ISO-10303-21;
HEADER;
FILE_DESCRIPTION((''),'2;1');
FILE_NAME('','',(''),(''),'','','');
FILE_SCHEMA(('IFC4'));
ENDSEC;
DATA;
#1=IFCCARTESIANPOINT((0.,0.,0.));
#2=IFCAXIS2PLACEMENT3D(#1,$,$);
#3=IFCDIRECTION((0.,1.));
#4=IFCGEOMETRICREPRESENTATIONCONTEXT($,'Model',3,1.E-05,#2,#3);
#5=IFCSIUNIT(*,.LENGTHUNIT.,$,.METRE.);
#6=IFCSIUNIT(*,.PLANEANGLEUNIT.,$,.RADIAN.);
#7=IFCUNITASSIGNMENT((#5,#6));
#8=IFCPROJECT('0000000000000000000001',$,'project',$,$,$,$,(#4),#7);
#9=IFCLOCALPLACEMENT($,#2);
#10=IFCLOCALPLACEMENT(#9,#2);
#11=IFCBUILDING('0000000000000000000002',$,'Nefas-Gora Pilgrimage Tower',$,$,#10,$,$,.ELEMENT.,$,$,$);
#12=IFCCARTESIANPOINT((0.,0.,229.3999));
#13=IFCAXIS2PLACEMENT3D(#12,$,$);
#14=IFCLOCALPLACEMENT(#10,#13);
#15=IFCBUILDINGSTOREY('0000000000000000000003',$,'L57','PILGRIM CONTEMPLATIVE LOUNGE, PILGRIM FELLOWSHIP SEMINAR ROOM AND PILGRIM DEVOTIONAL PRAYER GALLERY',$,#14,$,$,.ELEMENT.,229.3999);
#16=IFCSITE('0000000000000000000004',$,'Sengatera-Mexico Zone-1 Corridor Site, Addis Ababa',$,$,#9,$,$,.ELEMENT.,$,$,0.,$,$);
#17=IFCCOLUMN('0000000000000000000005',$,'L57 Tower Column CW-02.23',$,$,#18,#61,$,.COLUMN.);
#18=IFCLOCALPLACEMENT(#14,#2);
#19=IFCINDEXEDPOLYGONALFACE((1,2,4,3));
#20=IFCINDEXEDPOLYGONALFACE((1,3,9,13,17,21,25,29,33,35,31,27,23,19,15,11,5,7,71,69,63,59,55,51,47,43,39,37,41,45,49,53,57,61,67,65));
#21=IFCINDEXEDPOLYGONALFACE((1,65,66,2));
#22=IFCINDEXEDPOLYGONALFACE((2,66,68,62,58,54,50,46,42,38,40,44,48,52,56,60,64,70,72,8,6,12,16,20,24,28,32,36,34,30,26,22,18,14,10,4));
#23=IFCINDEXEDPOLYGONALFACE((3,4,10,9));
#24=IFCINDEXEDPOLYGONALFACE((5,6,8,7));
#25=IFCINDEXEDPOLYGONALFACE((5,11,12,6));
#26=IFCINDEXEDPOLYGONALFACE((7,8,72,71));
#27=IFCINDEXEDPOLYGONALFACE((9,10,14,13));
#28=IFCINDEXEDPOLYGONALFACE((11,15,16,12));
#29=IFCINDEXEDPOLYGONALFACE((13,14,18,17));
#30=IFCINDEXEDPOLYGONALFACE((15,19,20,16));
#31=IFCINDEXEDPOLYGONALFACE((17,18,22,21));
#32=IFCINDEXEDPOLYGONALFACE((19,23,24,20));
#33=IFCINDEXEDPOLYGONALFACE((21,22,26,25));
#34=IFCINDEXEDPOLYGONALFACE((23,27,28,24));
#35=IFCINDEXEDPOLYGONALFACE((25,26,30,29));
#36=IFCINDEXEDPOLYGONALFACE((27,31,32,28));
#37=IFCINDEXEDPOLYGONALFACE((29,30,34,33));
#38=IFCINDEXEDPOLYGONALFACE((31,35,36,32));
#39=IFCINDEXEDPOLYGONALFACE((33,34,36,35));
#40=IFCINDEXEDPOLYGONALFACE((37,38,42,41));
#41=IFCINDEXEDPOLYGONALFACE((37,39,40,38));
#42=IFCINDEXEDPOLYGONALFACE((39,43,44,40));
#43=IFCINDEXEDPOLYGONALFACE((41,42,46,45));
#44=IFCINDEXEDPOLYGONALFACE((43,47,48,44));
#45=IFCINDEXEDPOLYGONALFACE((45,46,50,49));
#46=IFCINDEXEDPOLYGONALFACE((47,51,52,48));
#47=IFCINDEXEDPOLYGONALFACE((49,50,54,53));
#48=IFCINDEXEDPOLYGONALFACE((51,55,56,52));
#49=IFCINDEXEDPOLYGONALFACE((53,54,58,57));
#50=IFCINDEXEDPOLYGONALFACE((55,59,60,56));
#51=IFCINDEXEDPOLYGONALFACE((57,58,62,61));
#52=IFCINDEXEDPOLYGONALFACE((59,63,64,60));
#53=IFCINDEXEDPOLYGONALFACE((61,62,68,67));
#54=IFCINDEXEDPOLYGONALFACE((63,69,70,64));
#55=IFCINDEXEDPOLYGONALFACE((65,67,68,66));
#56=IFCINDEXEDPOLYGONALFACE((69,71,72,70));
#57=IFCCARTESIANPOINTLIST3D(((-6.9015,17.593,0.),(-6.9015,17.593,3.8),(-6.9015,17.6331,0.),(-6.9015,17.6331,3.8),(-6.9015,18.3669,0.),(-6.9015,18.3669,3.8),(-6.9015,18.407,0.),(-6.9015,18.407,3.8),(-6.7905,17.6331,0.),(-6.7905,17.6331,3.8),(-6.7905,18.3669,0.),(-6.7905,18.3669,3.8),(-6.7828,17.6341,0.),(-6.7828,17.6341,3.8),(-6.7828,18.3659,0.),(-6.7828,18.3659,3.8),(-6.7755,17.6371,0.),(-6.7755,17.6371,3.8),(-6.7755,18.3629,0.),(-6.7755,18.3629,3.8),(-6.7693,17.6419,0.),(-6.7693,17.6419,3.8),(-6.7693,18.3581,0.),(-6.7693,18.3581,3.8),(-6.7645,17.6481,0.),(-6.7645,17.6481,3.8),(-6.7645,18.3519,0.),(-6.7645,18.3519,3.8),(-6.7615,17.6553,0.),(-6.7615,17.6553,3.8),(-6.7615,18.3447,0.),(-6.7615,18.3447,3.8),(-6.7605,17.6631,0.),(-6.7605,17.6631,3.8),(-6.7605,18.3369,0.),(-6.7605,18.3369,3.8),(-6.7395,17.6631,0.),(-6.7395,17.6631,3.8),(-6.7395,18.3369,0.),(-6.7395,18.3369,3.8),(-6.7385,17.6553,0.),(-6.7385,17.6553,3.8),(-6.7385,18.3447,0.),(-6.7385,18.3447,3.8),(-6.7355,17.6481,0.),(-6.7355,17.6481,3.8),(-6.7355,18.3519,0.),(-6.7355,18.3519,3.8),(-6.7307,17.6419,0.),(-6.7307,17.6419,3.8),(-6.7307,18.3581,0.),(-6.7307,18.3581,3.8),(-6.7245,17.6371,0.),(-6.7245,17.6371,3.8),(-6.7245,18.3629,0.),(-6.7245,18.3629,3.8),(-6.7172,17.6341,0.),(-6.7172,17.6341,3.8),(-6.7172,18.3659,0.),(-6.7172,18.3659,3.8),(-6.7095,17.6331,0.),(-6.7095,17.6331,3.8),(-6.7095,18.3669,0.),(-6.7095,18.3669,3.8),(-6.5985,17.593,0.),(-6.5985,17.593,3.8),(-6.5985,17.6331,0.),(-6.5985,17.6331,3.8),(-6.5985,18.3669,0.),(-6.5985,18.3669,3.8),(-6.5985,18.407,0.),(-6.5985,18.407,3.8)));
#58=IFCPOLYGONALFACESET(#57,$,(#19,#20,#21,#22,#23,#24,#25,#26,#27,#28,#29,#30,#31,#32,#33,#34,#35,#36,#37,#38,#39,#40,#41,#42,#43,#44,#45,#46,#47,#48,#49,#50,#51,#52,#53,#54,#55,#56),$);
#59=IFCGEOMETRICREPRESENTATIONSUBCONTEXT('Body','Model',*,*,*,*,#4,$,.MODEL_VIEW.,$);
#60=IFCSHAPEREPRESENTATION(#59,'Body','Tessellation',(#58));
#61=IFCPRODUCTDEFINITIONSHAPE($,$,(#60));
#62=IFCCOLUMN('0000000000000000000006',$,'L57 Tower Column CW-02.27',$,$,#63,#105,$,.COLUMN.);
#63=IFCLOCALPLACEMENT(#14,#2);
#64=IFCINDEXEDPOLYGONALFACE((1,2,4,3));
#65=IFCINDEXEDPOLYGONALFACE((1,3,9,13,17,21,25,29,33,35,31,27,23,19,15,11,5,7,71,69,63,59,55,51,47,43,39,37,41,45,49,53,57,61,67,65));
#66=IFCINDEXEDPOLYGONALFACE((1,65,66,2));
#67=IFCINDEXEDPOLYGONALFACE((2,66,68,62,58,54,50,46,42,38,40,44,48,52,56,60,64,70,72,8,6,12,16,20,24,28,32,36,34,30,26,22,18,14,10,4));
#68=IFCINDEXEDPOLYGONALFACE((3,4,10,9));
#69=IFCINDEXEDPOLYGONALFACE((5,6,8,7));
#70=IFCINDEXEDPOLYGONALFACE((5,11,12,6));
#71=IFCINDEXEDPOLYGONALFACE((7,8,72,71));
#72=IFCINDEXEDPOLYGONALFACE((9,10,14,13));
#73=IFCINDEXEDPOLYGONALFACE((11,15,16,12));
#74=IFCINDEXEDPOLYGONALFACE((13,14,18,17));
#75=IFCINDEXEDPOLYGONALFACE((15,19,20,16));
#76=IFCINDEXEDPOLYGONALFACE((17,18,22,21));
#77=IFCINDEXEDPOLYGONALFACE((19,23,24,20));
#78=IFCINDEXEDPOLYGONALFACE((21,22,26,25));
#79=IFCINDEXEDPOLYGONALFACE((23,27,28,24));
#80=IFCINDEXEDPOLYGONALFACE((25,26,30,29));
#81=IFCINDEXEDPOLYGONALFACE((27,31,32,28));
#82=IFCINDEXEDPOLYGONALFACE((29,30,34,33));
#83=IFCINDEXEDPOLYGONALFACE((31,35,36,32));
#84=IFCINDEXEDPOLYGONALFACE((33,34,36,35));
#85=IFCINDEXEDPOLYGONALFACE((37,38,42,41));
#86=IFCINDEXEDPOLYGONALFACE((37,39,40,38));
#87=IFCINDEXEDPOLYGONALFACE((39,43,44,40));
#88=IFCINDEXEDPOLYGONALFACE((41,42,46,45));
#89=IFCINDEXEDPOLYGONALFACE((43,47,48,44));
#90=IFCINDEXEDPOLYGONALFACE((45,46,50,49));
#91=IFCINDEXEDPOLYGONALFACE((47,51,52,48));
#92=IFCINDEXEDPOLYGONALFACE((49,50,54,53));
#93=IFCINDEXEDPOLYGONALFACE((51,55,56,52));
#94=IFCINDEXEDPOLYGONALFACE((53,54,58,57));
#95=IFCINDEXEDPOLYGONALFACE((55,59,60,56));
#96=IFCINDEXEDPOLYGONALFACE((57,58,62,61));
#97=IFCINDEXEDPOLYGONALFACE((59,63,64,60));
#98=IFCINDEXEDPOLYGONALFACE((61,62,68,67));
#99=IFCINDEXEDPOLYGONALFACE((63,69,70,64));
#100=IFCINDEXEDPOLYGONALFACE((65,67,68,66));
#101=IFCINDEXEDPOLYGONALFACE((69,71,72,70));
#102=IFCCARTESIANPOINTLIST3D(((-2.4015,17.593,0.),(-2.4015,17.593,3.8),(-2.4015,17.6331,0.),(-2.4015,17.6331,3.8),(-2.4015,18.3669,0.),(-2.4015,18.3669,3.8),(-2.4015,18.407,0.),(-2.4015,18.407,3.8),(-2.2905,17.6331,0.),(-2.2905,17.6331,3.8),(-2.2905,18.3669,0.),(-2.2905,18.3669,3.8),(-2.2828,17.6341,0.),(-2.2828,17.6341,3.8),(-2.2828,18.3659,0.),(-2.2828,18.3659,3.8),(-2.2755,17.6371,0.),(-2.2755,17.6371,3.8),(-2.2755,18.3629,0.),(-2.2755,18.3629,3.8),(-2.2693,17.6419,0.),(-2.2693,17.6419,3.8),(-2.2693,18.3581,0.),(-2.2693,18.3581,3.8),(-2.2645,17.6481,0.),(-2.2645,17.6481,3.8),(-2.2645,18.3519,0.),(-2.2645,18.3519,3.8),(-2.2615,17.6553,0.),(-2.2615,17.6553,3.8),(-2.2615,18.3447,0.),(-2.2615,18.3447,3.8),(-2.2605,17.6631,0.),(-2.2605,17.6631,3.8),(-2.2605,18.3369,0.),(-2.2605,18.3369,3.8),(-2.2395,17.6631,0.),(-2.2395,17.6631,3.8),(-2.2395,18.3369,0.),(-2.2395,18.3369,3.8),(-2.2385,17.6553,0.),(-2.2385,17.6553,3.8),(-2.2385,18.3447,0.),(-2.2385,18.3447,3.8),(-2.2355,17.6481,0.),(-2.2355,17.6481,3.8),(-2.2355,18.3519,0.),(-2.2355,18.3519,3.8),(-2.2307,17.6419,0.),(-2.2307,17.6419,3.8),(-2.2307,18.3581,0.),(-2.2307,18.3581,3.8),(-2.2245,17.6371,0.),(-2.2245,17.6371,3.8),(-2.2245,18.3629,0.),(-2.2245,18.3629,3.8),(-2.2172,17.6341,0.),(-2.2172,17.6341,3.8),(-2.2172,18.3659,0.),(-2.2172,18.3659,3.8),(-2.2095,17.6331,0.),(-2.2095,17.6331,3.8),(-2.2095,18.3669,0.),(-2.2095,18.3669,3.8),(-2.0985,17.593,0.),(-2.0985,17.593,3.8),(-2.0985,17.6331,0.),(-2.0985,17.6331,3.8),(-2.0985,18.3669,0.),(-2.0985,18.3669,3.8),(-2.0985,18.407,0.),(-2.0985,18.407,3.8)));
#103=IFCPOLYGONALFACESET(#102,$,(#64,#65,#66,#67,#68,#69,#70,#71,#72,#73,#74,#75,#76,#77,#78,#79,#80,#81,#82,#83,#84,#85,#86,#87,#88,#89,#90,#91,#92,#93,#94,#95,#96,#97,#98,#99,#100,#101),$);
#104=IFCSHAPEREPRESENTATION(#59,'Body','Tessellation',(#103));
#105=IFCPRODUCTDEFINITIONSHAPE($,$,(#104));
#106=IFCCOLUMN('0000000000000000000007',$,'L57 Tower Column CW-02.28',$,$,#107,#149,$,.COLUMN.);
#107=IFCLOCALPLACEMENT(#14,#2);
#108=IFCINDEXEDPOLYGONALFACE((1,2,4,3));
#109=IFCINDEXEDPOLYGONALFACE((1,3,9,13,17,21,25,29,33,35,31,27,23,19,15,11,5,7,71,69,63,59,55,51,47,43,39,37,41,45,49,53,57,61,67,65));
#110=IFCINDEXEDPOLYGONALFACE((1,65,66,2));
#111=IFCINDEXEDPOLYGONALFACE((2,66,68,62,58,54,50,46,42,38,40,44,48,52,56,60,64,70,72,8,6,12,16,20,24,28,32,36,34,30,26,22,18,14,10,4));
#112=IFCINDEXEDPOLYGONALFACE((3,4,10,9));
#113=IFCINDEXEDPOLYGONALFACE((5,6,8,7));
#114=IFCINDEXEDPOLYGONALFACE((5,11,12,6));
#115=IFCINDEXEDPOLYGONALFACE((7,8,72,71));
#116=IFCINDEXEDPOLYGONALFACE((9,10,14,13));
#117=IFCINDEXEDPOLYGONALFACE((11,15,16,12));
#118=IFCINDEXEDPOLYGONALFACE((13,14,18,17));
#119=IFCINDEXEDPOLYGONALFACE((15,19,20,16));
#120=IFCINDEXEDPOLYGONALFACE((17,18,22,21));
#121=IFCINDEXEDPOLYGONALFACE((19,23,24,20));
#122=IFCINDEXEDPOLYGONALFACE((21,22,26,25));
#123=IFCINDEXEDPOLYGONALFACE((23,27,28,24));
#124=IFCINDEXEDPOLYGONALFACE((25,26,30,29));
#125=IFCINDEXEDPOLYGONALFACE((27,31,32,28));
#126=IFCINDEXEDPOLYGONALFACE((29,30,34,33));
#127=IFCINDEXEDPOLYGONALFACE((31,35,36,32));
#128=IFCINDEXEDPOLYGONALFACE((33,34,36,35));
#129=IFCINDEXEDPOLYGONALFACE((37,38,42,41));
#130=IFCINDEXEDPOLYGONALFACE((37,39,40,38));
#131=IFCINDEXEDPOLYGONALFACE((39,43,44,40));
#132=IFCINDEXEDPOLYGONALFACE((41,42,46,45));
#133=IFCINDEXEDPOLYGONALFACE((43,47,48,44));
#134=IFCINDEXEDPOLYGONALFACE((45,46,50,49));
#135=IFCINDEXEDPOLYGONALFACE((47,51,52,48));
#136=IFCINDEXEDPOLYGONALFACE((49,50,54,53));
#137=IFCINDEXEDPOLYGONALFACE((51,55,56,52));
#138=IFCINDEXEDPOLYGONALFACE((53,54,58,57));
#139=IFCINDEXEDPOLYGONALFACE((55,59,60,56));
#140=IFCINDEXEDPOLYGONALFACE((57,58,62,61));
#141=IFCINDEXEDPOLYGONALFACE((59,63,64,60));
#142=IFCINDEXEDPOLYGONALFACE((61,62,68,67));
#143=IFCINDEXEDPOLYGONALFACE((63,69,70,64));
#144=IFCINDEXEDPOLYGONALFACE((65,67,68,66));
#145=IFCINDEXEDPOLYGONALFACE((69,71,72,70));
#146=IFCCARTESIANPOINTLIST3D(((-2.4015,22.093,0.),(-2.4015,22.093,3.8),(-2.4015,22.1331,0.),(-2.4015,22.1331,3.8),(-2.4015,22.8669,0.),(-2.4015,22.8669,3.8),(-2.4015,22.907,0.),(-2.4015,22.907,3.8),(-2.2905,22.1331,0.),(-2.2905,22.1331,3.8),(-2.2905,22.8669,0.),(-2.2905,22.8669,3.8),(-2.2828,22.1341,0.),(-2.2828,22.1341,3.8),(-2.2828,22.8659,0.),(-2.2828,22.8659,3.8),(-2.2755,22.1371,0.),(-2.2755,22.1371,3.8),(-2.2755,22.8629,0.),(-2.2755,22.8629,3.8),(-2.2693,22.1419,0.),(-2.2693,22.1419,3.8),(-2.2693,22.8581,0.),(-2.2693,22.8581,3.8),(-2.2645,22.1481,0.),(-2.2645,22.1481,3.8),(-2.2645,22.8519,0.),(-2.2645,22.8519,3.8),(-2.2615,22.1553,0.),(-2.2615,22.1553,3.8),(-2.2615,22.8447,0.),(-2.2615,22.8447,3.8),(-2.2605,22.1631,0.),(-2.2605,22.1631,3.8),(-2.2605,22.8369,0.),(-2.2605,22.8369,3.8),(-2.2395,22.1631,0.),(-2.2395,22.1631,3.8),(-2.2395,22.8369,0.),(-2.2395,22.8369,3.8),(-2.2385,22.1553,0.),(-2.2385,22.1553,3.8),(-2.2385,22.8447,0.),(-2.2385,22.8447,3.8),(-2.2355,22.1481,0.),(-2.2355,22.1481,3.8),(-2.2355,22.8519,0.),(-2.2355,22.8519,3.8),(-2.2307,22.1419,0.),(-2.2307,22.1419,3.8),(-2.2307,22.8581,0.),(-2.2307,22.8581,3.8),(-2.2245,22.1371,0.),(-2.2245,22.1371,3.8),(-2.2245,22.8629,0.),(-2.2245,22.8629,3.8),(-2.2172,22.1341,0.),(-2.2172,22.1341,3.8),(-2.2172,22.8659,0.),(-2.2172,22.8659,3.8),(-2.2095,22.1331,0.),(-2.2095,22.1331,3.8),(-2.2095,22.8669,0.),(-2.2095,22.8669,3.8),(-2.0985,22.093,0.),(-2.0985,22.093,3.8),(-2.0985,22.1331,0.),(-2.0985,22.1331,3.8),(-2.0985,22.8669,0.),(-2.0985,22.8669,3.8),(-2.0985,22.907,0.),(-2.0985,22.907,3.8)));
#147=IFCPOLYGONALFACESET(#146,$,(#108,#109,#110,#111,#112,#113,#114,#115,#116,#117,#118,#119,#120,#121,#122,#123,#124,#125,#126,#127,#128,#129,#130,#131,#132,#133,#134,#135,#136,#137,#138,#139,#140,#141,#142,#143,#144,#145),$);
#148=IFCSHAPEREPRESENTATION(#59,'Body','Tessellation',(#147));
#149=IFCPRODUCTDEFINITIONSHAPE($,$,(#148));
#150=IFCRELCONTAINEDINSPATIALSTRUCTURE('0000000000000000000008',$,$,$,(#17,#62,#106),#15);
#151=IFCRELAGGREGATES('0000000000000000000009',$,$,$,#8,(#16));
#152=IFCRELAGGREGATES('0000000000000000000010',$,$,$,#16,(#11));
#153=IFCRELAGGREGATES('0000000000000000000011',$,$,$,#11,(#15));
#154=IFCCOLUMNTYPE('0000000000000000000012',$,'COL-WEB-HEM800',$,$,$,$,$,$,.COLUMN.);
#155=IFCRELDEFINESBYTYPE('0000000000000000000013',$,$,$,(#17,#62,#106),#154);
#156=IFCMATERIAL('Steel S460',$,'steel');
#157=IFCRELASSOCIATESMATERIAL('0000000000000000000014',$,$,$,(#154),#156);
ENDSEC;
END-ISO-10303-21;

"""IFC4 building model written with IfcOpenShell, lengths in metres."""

from ifc_helpers import new_model, si_unit, direction, frame, origin, origin_2d, place, context, subcontext, project, spatial, i_section, extrude, source, transform, mapped, material, material_profile, profile_set, type_object, element, save


model = new_model("IFC4")

# Units and contexts
model_context = context("Model", 3, precision=1e-05, world=origin(), true_north=direction((0.0, 1.0)))
body_context = subcontext(model_context, "Body", "Model", "MODEL_VIEW")
ifc_project = project(units=[si_unit("LENGTHUNIT", "METRE"), si_unit("PLANEANGLEUNIT", "RADIAN")], contexts=[model_context])

# Site, building, storey
site_placement = place(None, origin())
site = spatial("IfcSite", under=ifc_project, at=site_placement, Name="Sengatera-Mexico Zone-1 Corridor Site, Addis Ababa", CompositionType="ELEMENT", RefElevation=0.0)
building_placement = place(site_placement, origin())
building = spatial("IfcBuilding", under=site, at=building_placement, Name="Nefas-Gora Pilgrimage Tower", CompositionType="ELEMENT")
storey_placement = place(building_placement, frame((0.0, 0.0, 229.3999)))
storey = spatial("IfcBuildingStorey", under=building, at=storey_placement, Name="L57", Description="PILGRIM CONTEMPLATIVE LOUNGE, PILGRIM FELLOWSHIP SEMINAR ROOM AND PILGRIM DEVOTIONAL PRAYER GALLERY", CompositionType="ELEMENT", Elevation=229.3999)

# Columns
ifc_material_1 = material(Name="Steel S460", Category="steel")
ifc_material_profile_1 = material_profile(ifc_material_1, i_section(OverallWidth=0.303, OverallDepth=0.814, WebThickness=0.021, FlangeThickness=0.04, FilletRadius=0.03, at=origin_2d()), Name="HEM 800")
ifc_profile_set_1 = profile_set([ifc_material_profile_1], Name="Steel S460")
column_type_1 = type_object("IfcColumnType", Name="COL-WEB-HEM800", PredefinedType="COLUMN", material=ifc_profile_set_1)
shared_shape_1 = source(origin(), body_context, "Body", "SweptSolid", [
    extrude(i_section(OverallWidth=0.303, OverallDepth=0.814, WebThickness=0.021, FlangeThickness=0.04, FilletRadius=0.03, at=origin_2d()), origin(), (0.0, 0.0, 1.0), 3.8),
])
for number, where, z_axis, x_axis, name in (
    (1, (-6.75, 18.0, 0.0), (0.0, 0.0, 1.0), (1.0, 0.0, 0.0), "L57 Tower Column CW-02.23"),
    (2, (-2.25, 18.0, 0.0), (0.0, 0.0, 1.0), (1.0, 0.0, 0.0), "L57 Tower Column CW-02.27"),
    (3, (-2.25, 22.5, 0.0), (0.0, 0.0, 1.0), (1.0, 0.0, 0.0), "L57 Tower Column CW-02.28"),
):
    element("IfcColumn", number, at=place(storey_placement, frame(where, z_axis=z_axis, x_axis=x_axis)), inside=storey, type_object=column_type_1, Name=name, PredefinedType="COLUMN", context=body_context, shape_type="MappedRepresentation", body=[
        mapped(shared_shape_1, transform((0.0, 0.0, 0.0), x_axis=(1.0, 0.0, 0.0), y_axis=(0.0, 1.0, 0.0), z_axis=(0.0, 0.0, 1.0), scale=1.0)),
    ])

save(model, "model.ifc")
